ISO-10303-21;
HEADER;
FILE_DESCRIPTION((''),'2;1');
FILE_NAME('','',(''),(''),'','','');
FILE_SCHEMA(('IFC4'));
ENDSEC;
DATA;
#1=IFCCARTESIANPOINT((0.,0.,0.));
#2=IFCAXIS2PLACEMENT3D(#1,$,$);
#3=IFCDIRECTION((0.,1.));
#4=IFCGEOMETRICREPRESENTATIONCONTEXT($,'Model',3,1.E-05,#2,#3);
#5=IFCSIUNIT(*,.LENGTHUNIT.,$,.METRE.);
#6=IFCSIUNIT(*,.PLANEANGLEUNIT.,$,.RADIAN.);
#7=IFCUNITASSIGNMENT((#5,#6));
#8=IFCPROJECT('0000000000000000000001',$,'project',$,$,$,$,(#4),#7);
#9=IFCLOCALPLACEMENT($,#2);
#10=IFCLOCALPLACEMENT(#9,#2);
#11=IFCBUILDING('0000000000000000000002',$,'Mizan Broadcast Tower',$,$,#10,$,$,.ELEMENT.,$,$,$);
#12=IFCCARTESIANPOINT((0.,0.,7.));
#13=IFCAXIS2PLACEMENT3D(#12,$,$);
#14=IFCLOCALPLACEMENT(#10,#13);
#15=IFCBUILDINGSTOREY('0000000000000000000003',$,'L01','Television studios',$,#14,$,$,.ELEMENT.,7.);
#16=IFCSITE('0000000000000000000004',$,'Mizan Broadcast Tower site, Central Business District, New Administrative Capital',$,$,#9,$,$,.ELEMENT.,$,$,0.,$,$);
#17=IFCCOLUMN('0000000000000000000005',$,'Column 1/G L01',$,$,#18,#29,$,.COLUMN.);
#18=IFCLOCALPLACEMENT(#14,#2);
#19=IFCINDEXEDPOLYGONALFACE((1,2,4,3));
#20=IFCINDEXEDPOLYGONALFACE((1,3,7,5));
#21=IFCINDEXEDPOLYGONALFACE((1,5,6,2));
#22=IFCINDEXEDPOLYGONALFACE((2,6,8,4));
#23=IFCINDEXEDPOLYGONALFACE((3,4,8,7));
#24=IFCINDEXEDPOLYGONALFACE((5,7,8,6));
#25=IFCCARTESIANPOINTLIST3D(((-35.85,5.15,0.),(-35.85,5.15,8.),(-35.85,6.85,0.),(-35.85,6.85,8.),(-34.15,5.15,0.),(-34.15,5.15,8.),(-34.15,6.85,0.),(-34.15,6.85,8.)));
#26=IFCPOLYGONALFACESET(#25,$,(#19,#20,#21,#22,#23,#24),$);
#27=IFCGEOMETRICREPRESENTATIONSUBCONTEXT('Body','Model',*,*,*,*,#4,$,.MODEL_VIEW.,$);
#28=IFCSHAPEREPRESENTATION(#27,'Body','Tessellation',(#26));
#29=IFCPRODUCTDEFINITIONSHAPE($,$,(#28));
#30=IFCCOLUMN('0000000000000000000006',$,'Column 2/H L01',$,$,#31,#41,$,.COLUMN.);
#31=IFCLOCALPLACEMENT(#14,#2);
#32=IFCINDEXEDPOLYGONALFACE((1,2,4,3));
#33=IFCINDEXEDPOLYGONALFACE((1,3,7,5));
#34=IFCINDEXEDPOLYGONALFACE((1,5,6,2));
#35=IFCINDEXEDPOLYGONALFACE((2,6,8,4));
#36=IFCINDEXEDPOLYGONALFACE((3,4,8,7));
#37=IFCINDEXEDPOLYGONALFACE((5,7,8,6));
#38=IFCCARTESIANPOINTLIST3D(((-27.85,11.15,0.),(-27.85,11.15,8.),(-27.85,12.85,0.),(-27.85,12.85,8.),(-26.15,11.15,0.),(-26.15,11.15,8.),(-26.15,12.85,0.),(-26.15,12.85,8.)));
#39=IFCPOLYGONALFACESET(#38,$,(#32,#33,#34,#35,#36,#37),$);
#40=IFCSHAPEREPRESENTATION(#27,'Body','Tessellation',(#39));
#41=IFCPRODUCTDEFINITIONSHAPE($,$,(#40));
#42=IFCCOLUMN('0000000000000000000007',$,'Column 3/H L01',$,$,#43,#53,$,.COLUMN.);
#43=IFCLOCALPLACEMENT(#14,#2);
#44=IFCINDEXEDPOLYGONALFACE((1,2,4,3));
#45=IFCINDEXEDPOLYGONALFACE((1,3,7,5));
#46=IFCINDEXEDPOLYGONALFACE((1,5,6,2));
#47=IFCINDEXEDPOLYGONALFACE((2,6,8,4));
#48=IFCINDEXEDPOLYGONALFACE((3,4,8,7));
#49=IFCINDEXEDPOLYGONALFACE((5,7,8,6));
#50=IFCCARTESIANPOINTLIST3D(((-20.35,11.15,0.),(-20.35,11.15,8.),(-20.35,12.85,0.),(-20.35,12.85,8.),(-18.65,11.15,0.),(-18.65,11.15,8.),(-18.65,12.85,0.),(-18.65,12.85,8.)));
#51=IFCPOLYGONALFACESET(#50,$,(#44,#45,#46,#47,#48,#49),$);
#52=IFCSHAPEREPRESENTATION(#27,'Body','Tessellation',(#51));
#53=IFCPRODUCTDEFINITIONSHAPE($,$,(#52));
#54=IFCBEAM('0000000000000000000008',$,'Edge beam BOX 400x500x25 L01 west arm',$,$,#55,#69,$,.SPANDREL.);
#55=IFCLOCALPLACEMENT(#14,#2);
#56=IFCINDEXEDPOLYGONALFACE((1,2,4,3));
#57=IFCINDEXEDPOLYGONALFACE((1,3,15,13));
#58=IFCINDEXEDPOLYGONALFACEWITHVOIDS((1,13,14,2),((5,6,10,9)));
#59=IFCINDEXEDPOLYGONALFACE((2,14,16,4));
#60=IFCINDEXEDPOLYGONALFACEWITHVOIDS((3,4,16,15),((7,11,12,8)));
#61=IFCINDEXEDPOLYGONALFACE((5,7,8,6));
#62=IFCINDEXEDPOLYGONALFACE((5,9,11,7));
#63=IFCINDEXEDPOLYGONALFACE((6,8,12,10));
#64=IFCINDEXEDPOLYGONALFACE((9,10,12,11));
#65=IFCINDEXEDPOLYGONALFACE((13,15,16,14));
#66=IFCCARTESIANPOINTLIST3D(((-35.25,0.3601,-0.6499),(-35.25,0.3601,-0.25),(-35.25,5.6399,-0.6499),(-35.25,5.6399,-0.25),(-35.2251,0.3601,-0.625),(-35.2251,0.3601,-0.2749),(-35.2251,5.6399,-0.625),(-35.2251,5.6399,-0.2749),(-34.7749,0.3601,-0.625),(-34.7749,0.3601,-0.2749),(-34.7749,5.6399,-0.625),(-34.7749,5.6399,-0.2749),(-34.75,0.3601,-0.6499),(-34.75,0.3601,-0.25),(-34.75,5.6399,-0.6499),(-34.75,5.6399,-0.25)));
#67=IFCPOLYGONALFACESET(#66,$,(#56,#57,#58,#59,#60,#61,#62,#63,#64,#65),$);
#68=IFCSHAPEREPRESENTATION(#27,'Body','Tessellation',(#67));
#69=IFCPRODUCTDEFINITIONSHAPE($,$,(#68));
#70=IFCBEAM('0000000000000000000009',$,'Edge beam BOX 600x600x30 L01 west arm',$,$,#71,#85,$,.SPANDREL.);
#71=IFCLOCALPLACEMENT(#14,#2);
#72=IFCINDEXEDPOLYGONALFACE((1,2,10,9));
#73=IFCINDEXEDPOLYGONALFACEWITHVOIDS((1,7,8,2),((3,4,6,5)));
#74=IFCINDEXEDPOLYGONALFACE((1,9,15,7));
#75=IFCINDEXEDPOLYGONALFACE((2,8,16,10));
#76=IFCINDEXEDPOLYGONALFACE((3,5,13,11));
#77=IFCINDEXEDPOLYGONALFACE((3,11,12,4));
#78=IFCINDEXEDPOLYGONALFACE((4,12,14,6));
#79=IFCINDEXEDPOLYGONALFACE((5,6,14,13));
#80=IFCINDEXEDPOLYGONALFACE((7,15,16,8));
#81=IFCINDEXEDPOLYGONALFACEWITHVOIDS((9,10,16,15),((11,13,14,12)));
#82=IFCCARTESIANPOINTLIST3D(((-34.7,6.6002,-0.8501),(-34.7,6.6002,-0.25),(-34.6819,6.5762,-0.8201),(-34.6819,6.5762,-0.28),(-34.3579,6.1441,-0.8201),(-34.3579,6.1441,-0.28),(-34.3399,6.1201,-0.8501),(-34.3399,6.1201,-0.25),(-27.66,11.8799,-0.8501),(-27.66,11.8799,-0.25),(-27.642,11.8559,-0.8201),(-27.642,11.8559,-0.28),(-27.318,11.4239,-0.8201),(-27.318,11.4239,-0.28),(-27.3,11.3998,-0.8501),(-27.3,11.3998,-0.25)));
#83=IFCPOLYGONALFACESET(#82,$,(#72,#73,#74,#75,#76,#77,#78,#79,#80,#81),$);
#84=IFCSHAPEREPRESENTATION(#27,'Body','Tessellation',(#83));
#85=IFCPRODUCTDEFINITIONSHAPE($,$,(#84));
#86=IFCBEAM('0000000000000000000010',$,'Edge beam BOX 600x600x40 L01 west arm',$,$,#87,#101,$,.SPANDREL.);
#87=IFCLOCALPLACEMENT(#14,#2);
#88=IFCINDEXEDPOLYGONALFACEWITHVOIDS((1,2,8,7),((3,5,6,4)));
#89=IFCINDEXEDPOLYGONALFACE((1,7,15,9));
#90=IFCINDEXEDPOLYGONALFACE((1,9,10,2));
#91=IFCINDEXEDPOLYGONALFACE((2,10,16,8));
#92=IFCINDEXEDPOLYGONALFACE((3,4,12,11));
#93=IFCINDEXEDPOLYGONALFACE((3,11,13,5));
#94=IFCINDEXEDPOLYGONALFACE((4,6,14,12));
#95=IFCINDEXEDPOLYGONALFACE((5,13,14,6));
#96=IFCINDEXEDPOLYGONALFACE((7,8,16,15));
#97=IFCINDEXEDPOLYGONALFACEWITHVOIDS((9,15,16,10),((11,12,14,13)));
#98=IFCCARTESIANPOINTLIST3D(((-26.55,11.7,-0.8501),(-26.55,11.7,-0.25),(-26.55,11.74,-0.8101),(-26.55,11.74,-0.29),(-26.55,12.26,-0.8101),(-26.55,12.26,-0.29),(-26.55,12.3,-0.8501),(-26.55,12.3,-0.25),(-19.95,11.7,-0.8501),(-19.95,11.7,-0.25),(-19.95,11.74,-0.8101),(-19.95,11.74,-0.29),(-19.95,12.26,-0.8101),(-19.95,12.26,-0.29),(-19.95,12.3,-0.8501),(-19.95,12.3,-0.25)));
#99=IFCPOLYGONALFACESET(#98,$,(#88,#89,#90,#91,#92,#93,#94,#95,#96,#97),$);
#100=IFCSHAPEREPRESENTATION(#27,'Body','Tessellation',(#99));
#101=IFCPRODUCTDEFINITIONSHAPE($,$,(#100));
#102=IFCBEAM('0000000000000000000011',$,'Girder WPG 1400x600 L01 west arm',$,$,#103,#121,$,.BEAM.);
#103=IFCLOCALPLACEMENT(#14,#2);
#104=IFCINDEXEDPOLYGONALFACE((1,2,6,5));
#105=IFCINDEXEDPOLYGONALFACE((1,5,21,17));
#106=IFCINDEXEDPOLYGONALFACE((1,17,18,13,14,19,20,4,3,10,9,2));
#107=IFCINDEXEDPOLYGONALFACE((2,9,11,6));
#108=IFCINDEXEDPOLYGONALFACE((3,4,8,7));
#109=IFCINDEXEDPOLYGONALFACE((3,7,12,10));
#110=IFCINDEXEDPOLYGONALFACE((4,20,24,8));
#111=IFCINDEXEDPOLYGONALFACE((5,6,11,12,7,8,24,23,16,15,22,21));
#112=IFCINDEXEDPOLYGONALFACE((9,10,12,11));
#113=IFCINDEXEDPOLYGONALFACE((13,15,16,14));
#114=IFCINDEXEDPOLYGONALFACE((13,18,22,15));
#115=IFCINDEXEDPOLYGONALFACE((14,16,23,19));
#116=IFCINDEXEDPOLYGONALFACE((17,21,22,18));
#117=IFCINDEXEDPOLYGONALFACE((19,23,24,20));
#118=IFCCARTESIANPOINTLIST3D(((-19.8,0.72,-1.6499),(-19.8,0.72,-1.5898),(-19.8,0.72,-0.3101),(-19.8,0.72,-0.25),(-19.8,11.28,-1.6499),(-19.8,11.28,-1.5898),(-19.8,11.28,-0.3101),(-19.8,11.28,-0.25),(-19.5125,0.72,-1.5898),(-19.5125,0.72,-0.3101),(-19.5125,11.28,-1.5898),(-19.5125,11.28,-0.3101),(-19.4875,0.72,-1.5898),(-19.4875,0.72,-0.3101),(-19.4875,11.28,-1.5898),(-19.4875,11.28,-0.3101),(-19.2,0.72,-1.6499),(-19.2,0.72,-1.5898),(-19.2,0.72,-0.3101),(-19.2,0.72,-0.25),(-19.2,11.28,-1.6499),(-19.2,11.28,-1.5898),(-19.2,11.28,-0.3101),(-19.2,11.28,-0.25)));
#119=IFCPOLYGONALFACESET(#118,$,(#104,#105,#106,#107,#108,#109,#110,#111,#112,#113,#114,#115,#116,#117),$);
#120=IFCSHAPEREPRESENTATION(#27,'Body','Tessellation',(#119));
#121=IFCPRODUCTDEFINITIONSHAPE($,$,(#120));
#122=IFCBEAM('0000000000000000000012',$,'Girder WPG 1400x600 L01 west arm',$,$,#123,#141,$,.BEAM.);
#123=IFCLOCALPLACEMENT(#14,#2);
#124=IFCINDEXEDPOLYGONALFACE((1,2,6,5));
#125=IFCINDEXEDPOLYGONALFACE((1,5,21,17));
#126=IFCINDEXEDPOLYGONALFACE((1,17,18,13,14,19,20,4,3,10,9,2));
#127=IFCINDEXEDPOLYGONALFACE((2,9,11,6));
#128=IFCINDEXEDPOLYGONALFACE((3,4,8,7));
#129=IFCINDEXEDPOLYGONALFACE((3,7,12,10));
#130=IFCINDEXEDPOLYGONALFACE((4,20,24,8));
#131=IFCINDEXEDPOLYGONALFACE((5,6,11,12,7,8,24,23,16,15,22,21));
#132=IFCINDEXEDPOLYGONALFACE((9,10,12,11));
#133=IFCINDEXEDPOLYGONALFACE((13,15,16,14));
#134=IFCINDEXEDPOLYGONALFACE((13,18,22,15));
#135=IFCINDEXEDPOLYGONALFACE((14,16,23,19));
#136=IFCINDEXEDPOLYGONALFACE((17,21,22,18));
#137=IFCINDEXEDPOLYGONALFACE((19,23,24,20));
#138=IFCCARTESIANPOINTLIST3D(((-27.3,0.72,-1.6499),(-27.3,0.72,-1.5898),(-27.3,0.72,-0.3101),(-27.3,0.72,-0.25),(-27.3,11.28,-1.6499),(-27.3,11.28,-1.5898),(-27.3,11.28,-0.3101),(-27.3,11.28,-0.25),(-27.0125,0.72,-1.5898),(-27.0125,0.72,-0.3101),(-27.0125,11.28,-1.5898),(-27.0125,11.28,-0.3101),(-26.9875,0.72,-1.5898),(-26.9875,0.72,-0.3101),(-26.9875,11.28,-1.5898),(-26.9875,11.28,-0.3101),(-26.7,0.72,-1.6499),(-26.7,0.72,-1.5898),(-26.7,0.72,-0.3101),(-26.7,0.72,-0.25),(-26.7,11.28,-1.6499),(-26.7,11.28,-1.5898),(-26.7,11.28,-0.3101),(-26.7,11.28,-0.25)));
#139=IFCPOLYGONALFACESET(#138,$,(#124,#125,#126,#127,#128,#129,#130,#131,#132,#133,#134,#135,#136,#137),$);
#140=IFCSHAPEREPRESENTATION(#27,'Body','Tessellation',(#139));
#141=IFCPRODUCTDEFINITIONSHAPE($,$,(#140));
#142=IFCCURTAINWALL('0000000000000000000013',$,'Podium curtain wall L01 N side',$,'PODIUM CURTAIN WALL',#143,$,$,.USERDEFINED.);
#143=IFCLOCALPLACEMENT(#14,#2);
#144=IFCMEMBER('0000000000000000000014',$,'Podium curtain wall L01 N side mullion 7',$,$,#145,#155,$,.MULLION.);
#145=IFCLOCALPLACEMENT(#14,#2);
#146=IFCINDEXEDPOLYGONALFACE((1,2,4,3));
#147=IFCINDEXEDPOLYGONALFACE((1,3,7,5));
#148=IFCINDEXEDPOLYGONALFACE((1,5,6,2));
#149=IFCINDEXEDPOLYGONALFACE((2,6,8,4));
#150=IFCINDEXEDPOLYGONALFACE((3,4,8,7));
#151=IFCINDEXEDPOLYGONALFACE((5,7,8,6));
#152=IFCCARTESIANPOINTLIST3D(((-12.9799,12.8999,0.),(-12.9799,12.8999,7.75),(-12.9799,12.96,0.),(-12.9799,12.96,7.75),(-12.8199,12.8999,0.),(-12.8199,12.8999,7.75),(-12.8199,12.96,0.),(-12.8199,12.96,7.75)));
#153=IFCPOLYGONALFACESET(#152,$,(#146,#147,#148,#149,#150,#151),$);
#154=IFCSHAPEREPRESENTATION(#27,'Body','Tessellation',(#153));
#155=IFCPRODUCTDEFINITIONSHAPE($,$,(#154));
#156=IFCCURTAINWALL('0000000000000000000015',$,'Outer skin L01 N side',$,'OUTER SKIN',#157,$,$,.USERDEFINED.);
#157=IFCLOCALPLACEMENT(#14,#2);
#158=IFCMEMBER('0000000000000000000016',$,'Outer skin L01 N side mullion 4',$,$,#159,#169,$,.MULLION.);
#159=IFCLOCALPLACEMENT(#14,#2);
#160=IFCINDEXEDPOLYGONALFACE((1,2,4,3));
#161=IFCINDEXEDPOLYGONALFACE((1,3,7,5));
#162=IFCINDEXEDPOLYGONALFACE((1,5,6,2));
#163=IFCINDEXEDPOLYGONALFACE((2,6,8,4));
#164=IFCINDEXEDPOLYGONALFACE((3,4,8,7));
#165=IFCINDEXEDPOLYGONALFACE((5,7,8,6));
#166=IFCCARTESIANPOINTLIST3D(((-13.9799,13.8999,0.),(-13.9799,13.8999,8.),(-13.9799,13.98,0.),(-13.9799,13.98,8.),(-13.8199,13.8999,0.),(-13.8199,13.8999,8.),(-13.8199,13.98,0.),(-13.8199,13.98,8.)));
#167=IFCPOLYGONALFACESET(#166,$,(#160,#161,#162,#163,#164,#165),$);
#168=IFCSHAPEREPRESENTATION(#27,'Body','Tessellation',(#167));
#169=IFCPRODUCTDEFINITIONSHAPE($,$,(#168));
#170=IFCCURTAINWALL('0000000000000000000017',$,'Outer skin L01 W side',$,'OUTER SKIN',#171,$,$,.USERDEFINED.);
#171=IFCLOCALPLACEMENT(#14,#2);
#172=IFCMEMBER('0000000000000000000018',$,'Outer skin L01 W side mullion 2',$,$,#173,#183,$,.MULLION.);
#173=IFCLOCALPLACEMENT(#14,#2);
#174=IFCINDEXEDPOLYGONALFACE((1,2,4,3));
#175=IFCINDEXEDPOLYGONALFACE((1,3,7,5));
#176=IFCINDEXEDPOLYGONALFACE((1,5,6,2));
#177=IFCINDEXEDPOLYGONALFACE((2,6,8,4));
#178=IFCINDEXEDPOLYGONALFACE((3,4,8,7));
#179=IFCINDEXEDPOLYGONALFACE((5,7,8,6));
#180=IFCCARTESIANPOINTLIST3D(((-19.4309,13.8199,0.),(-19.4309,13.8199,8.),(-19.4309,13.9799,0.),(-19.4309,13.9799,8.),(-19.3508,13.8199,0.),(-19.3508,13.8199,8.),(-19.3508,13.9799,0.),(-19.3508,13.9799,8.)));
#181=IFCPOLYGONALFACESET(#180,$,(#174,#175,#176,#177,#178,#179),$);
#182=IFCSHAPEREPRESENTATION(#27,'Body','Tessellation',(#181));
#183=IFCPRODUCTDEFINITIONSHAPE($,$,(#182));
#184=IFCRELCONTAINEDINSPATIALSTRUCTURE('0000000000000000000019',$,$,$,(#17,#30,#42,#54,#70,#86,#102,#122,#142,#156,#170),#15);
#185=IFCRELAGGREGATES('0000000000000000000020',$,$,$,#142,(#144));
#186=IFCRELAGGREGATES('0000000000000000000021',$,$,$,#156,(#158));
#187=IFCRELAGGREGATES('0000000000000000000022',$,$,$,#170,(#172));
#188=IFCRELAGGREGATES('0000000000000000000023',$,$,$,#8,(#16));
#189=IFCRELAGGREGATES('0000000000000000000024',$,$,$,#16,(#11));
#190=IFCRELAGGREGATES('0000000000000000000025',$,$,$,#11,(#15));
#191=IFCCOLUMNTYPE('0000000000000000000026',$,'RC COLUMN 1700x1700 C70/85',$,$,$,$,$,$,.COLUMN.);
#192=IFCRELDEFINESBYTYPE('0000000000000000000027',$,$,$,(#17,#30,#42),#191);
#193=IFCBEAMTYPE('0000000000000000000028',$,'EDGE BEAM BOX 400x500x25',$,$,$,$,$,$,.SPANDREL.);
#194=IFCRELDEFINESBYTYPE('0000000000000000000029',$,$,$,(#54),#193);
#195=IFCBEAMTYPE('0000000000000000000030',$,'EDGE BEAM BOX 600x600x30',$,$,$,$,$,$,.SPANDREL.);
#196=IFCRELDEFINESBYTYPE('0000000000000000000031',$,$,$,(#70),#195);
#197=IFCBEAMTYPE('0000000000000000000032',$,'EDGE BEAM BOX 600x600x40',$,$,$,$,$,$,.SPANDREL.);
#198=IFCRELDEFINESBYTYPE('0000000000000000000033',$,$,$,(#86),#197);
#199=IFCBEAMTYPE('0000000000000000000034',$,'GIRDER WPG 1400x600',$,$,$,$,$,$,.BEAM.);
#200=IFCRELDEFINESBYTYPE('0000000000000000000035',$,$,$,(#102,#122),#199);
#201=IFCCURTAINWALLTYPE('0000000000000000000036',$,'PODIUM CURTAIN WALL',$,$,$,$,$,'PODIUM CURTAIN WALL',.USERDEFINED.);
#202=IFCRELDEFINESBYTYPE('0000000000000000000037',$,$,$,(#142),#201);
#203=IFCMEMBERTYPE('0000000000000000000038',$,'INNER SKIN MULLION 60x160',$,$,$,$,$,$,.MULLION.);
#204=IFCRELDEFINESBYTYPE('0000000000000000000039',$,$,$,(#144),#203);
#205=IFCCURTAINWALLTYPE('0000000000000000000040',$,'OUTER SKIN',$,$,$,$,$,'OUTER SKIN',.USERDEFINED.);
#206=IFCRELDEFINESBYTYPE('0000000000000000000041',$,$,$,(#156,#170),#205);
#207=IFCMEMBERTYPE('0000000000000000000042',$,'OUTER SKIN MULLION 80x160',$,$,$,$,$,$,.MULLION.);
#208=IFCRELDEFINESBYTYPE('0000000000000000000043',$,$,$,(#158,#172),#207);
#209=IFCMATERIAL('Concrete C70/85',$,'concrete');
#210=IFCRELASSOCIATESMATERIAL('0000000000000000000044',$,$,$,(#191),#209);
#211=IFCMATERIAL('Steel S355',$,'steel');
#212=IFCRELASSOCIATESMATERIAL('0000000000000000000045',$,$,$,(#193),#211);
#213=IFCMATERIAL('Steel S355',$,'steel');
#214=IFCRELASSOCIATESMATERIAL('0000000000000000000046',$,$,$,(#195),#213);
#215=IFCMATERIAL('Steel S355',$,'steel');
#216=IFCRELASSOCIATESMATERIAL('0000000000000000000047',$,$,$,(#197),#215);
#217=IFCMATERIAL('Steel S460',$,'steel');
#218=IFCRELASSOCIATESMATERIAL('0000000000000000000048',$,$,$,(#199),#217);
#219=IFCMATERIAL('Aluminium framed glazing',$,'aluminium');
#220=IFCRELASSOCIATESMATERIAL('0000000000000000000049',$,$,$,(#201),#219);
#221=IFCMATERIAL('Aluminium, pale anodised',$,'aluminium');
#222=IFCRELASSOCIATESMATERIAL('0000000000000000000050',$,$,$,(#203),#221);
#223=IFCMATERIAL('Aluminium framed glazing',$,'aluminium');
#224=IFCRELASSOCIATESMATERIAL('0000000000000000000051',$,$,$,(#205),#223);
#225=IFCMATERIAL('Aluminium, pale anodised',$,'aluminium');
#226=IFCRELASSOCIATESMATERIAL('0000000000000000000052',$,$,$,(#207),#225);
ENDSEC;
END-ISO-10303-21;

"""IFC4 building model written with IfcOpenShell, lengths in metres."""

from ifc_helpers import new_model, si_unit, direction, frame, origin, origin_2d, place, context, subcontext, project, spatial, rectangle, hollow_rectangle, i_section, extrude, material, material_profile, profile_set, type_object, element, aggregate, save


model = new_model("IFC4")

# Units and contexts
model_context = context("Model", 3, precision=1e-05, world=origin(), true_north=direction((0.0, 1.0)))
body_context = subcontext(model_context, "Body", "Model", "MODEL_VIEW")
ifc_project = project(units=[si_unit("LENGTHUNIT", "METRE"), si_unit("PLANEANGLEUNIT", "RADIAN")], contexts=[model_context])

# Site, building, storey
site_placement = place(None, origin())
site = spatial("IfcSite", under=ifc_project, at=site_placement, Name="Mizan Broadcast Tower site, Central Business District, New Administrative Capital", CompositionType="ELEMENT", RefElevation=0.0)
building_placement = place(site_placement, origin())
building = spatial("IfcBuilding", under=site, at=building_placement, Name="Mizan Broadcast Tower", CompositionType="ELEMENT")
storey_placement = place(building_placement, frame((0.0, 0.0, 7.0)))
storey = spatial("IfcBuildingStorey", under=building, at=storey_placement, Name="L01", Description="Television studios", CompositionType="ELEMENT", Elevation=7.0)

# Columns
ifc_material_1 = material(Name="Concrete C70/85", Category="concrete")
ifc_material_profile_1 = material_profile(ifc_material_1, rectangle(XDim=1.7, YDim=1.7, at=origin_2d()), Name="RC 1700x1700")
ifc_profile_set_1 = profile_set([ifc_material_profile_1], Name="Concrete C70/85")
column_type = type_object("IfcColumnType", Name="RC COLUMN 1700x1700 C70/85", PredefinedType="COLUMN", material=ifc_profile_set_1)
for number, where, z_axis, x_axis, name in (
    (1, (-35.0, 6.0, 0.0), (0.0, 0.0, 1.0), (1.0, 0.0, 0.0), "Column 1/G L01"),
    (2, (-27.0, 12.0, 0.0), (0.0, 0.0, 1.0), (1.0, 0.0, 0.0), "Column 2/H L01"),
    (3, (-19.5, 12.0, 0.0), (0.0, 0.0, 1.0), (1.0, 0.0, 0.0), "Column 3/H L01"),
):
    element("IfcColumn", number, at=place(storey_placement, frame(where, z_axis=z_axis, x_axis=x_axis)), inside=storey, type_object=column_type, Name=name, PredefinedType="COLUMN", context=body_context, shape_type="SweptSolid", body=[
        extrude(rectangle(XDim=1.7, YDim=1.7, at=origin_2d()), origin(), (0.0, 0.0, 1.0), 8.0),
    ])

# Beams
ifc_material_2 = material(Name="Steel S355", Category="steel")
ifc_material_profile_2 = material_profile(ifc_material_2, hollow_rectangle(XDim=0.5, YDim=0.3999, WallThickness=0.0249, at=origin_2d()), Name="BOX 400x500x25")
ifc_profile_set_2 = profile_set([ifc_material_profile_2], Name="Steel S355")
beam_type_1 = type_object("IfcBeamType", Name="EDGE BEAM BOX 400x500x25", PredefinedType="SPANDREL", material=ifc_profile_set_2)
beam_1_placement = place(storey_placement, frame((-35.0, 5.6399, -0.45), z_axis=(0.0, -1.0, 0.0), x_axis=(1.0, 0.0, 0.0)))
element("IfcBeam", 4, at=beam_1_placement, inside=storey, type_object=beam_type_1, Name="Edge beam BOX 400x500x25 L01 west arm", PredefinedType="SPANDREL", context=body_context, shape_type="SweptSolid", body=[
    extrude(hollow_rectangle(XDim=0.5, YDim=0.3999, WallThickness=0.0249, at=origin_2d()), origin(), (0.0, 0.0, 1.0), 5.2798),
])
ifc_material_3 = material(Name="Steel S355", Category="steel")
ifc_material_profile_3 = material_profile(ifc_material_3, hollow_rectangle(XDim=0.6001, YDim=0.6001, WallThickness=0.03, at=origin_2d()), Name="BOX 600x600x30")
ifc_profile_set_3 = profile_set([ifc_material_profile_3], Name="Steel S355")
beam_type_2 = type_object("IfcBeamType", Name="EDGE BEAM BOX 600x600x30", PredefinedType="SPANDREL", material=ifc_profile_set_3)
beam_2_placement = place(storey_placement, frame((-27.48, 11.6399, -0.55), z_axis=(-0.800013, -0.599982, 0.0), x_axis=(0.599982, -0.800013, 0.0)))
element("IfcBeam", 5, at=beam_2_placement, inside=storey, type_object=beam_type_2, Name="Edge beam BOX 600x600x30 L01 west arm", PredefinedType="SPANDREL", context=body_context, shape_type="SweptSolid", body=[
    extrude(hollow_rectangle(XDim=0.6001, YDim=0.6001, WallThickness=0.03, at=origin_2d()), origin(), (0.0, 0.0, 1.0), 8.7998),
])
ifc_material_4 = material(Name="Steel S355", Category="steel")
ifc_material_profile_4 = material_profile(ifc_material_4, hollow_rectangle(XDim=0.6001, YDim=0.6001, WallThickness=0.04, at=origin_2d()), Name="BOX 600x600x40")
ifc_profile_set_4 = profile_set([ifc_material_profile_4], Name="Steel S355")
beam_type_3 = type_object("IfcBeamType", Name="EDGE BEAM BOX 600x600x40", PredefinedType="SPANDREL", material=ifc_profile_set_4)
beam_3_placement = place(storey_placement, frame((-19.95, 12.0, -0.55), z_axis=(-1.0, 0.0, 0.0), x_axis=(0.0, -1.0, 0.0)))
element("IfcBeam", 6, at=beam_3_placement, inside=storey, type_object=beam_type_3, Name="Edge beam BOX 600x600x40 L01 west arm", PredefinedType="SPANDREL", context=body_context, shape_type="SweptSolid", body=[
    extrude(hollow_rectangle(XDim=0.6001, YDim=0.6001, WallThickness=0.04, at=origin_2d()), origin(), (0.0, 0.0, 1.0), 6.6001),
])
ifc_material_5 = material(Name="Steel S460", Category="steel")
ifc_material_profile_5 = material_profile(ifc_material_5, i_section(OverallWidth=0.6001, OverallDepth=1.3999, WebThickness=0.0249, FlangeThickness=0.0601, at=origin_2d()), Name="WPG 1400x600")
ifc_profile_set_5 = profile_set([ifc_material_profile_5], Name="Steel S460")
beam_type_4 = type_object("IfcBeamType", Name="GIRDER WPG 1400x600", PredefinedType="BEAM", material=ifc_profile_set_5)
for number, where, z_axis, x_axis, name in (
    (7, (-19.5, 11.28, -0.95), (0.0, -1.0, 0.0), (1.0, 0.0, 0.0), "Girder WPG 1400x600 L01 west arm"),
    (8, (-27.0, 11.28, -0.95), (0.0, -1.0, 0.0), (1.0, 0.0, 0.0), "Girder WPG 1400x600 L01 west arm"),
):
    element("IfcBeam", number, at=place(storey_placement, frame(where, z_axis=z_axis, x_axis=x_axis)), inside=storey, type_object=beam_type_4, Name=name, PredefinedType="BEAM", context=body_context, shape_type="SweptSolid", body=[
        extrude(i_section(OverallWidth=0.6001, OverallDepth=1.3999, WebThickness=0.0249, FlangeThickness=0.0601, at=origin_2d()), origin(), (0.0, 0.0, 1.0), 10.5601),
    ])

# Curtain walls, members
ifc_material_6 = material(Name="Aluminium framed glazing", Category="aluminium")
curtain_wall_type_1 = type_object("IfcCurtainWallType", Name="PODIUM CURTAIN WALL", ElementType="PODIUM CURTAIN WALL", PredefinedType="USERDEFINED", material=ifc_material_6)
curtain_wall_1_placement = place(storey_placement, origin())
curtain_wall_1 = element("IfcCurtainWall", 9, at=curtain_wall_1_placement, inside=storey, type_object=curtain_wall_type_1, Name="Podium curtain wall L01 N side", ObjectType="PODIUM CURTAIN WALL", PredefinedType="USERDEFINED")
ifc_material_7 = material(Name="Aluminium, pale anodised", Category="aluminium")
ifc_material_profile_6 = material_profile(ifc_material_7, rectangle(XDim=0.1599, YDim=0.0601, at=origin_2d()), Name="MULLION 160x60")
ifc_profile_set_6 = profile_set([ifc_material_profile_6], Name="Aluminium, pale anodised")
member_type_1 = type_object("IfcMemberType", Name="INNER SKIN MULLION 60x160", PredefinedType="MULLION", material=ifc_profile_set_6)
member_1_placement = place(storey_placement, frame((-12.8999, 12.9299, 0.0), z_axis=(0.0, 0.0, 1.0), x_axis=(1.0, 0.0, 0.0)))
member_1 = element("IfcMember", 10, at=member_1_placement, type_object=member_type_1, Name="Podium curtain wall L01 N side mullion 7", PredefinedType="MULLION", context=body_context, shape_type="SweptSolid", body=[
    extrude(rectangle(XDim=0.1599, YDim=0.0601, at=origin_2d()), origin(), (0.0, 0.0, 1.0), 7.75),
])
aggregate(curtain_wall_1, [member_1])
ifc_material_8 = material(Name="Aluminium framed glazing", Category="aluminium")
curtain_wall_type_2 = type_object("IfcCurtainWallType", Name="OUTER SKIN", ElementType="OUTER SKIN", PredefinedType="USERDEFINED", material=ifc_material_8)
curtain_wall_2_placement = place(storey_placement, origin())
curtain_wall_2 = element("IfcCurtainWall", 11, at=curtain_wall_2_placement, inside=storey, type_object=curtain_wall_type_2, Name="Outer skin L01 N side", ObjectType="OUTER SKIN", PredefinedType="USERDEFINED")
ifc_material_9 = material(Name="Aluminium, pale anodised", Category="aluminium")
ifc_material_profile_7 = material_profile(ifc_material_9, rectangle(XDim=0.1599, YDim=0.0801, at=origin_2d()), Name="MULLION 160x80")
ifc_profile_set_7 = profile_set([ifc_material_profile_7], Name="Aluminium, pale anodised")
member_type_2 = type_object("IfcMemberType", Name="OUTER SKIN MULLION 80x160", PredefinedType="MULLION", material=ifc_profile_set_7)
member_2_placement = place(storey_placement, frame((-13.8999, 13.9399, 0.0), z_axis=(0.0, 0.0, 1.0), x_axis=(1.0, 0.0, 0.0)))
member_2 = element("IfcMember", 12, at=member_2_placement, type_object=member_type_2, Name="Outer skin L01 N side mullion 4", PredefinedType="MULLION", context=body_context, shape_type="SweptSolid", body=[
    extrude(rectangle(XDim=0.1599, YDim=0.0801, at=origin_2d()), origin(), (0.0, 0.0, 1.0), 8.0),
])
aggregate(curtain_wall_2, [member_2])

# Curtain wall, member
curtain_wall_3_placement = place(storey_placement, origin())
curtain_wall_3 = element("IfcCurtainWall", 13, at=curtain_wall_3_placement, inside=storey, type_object=curtain_wall_type_2, Name="Outer skin L01 W side", ObjectType="OUTER SKIN", PredefinedType="USERDEFINED")
member_3_placement = place(storey_placement, frame((-19.3909, 13.8999, 0.0), z_axis=(0.0, 0.0, 1.0), x_axis=(0.0, -1.0, 0.0)))
member_3 = element("IfcMember", 14, at=member_3_placement, type_object=member_type_2, Name="Outer skin L01 W side mullion 2", PredefinedType="MULLION", context=body_context, shape_type="SweptSolid", body=[
    extrude(rectangle(XDim=0.1599, YDim=0.0801, at=origin_2d()), origin(), (0.0, 0.0, 1.0), 8.0),
])

aggregate(curtain_wall_3, [member_3])

save(model, "model.ifc")
